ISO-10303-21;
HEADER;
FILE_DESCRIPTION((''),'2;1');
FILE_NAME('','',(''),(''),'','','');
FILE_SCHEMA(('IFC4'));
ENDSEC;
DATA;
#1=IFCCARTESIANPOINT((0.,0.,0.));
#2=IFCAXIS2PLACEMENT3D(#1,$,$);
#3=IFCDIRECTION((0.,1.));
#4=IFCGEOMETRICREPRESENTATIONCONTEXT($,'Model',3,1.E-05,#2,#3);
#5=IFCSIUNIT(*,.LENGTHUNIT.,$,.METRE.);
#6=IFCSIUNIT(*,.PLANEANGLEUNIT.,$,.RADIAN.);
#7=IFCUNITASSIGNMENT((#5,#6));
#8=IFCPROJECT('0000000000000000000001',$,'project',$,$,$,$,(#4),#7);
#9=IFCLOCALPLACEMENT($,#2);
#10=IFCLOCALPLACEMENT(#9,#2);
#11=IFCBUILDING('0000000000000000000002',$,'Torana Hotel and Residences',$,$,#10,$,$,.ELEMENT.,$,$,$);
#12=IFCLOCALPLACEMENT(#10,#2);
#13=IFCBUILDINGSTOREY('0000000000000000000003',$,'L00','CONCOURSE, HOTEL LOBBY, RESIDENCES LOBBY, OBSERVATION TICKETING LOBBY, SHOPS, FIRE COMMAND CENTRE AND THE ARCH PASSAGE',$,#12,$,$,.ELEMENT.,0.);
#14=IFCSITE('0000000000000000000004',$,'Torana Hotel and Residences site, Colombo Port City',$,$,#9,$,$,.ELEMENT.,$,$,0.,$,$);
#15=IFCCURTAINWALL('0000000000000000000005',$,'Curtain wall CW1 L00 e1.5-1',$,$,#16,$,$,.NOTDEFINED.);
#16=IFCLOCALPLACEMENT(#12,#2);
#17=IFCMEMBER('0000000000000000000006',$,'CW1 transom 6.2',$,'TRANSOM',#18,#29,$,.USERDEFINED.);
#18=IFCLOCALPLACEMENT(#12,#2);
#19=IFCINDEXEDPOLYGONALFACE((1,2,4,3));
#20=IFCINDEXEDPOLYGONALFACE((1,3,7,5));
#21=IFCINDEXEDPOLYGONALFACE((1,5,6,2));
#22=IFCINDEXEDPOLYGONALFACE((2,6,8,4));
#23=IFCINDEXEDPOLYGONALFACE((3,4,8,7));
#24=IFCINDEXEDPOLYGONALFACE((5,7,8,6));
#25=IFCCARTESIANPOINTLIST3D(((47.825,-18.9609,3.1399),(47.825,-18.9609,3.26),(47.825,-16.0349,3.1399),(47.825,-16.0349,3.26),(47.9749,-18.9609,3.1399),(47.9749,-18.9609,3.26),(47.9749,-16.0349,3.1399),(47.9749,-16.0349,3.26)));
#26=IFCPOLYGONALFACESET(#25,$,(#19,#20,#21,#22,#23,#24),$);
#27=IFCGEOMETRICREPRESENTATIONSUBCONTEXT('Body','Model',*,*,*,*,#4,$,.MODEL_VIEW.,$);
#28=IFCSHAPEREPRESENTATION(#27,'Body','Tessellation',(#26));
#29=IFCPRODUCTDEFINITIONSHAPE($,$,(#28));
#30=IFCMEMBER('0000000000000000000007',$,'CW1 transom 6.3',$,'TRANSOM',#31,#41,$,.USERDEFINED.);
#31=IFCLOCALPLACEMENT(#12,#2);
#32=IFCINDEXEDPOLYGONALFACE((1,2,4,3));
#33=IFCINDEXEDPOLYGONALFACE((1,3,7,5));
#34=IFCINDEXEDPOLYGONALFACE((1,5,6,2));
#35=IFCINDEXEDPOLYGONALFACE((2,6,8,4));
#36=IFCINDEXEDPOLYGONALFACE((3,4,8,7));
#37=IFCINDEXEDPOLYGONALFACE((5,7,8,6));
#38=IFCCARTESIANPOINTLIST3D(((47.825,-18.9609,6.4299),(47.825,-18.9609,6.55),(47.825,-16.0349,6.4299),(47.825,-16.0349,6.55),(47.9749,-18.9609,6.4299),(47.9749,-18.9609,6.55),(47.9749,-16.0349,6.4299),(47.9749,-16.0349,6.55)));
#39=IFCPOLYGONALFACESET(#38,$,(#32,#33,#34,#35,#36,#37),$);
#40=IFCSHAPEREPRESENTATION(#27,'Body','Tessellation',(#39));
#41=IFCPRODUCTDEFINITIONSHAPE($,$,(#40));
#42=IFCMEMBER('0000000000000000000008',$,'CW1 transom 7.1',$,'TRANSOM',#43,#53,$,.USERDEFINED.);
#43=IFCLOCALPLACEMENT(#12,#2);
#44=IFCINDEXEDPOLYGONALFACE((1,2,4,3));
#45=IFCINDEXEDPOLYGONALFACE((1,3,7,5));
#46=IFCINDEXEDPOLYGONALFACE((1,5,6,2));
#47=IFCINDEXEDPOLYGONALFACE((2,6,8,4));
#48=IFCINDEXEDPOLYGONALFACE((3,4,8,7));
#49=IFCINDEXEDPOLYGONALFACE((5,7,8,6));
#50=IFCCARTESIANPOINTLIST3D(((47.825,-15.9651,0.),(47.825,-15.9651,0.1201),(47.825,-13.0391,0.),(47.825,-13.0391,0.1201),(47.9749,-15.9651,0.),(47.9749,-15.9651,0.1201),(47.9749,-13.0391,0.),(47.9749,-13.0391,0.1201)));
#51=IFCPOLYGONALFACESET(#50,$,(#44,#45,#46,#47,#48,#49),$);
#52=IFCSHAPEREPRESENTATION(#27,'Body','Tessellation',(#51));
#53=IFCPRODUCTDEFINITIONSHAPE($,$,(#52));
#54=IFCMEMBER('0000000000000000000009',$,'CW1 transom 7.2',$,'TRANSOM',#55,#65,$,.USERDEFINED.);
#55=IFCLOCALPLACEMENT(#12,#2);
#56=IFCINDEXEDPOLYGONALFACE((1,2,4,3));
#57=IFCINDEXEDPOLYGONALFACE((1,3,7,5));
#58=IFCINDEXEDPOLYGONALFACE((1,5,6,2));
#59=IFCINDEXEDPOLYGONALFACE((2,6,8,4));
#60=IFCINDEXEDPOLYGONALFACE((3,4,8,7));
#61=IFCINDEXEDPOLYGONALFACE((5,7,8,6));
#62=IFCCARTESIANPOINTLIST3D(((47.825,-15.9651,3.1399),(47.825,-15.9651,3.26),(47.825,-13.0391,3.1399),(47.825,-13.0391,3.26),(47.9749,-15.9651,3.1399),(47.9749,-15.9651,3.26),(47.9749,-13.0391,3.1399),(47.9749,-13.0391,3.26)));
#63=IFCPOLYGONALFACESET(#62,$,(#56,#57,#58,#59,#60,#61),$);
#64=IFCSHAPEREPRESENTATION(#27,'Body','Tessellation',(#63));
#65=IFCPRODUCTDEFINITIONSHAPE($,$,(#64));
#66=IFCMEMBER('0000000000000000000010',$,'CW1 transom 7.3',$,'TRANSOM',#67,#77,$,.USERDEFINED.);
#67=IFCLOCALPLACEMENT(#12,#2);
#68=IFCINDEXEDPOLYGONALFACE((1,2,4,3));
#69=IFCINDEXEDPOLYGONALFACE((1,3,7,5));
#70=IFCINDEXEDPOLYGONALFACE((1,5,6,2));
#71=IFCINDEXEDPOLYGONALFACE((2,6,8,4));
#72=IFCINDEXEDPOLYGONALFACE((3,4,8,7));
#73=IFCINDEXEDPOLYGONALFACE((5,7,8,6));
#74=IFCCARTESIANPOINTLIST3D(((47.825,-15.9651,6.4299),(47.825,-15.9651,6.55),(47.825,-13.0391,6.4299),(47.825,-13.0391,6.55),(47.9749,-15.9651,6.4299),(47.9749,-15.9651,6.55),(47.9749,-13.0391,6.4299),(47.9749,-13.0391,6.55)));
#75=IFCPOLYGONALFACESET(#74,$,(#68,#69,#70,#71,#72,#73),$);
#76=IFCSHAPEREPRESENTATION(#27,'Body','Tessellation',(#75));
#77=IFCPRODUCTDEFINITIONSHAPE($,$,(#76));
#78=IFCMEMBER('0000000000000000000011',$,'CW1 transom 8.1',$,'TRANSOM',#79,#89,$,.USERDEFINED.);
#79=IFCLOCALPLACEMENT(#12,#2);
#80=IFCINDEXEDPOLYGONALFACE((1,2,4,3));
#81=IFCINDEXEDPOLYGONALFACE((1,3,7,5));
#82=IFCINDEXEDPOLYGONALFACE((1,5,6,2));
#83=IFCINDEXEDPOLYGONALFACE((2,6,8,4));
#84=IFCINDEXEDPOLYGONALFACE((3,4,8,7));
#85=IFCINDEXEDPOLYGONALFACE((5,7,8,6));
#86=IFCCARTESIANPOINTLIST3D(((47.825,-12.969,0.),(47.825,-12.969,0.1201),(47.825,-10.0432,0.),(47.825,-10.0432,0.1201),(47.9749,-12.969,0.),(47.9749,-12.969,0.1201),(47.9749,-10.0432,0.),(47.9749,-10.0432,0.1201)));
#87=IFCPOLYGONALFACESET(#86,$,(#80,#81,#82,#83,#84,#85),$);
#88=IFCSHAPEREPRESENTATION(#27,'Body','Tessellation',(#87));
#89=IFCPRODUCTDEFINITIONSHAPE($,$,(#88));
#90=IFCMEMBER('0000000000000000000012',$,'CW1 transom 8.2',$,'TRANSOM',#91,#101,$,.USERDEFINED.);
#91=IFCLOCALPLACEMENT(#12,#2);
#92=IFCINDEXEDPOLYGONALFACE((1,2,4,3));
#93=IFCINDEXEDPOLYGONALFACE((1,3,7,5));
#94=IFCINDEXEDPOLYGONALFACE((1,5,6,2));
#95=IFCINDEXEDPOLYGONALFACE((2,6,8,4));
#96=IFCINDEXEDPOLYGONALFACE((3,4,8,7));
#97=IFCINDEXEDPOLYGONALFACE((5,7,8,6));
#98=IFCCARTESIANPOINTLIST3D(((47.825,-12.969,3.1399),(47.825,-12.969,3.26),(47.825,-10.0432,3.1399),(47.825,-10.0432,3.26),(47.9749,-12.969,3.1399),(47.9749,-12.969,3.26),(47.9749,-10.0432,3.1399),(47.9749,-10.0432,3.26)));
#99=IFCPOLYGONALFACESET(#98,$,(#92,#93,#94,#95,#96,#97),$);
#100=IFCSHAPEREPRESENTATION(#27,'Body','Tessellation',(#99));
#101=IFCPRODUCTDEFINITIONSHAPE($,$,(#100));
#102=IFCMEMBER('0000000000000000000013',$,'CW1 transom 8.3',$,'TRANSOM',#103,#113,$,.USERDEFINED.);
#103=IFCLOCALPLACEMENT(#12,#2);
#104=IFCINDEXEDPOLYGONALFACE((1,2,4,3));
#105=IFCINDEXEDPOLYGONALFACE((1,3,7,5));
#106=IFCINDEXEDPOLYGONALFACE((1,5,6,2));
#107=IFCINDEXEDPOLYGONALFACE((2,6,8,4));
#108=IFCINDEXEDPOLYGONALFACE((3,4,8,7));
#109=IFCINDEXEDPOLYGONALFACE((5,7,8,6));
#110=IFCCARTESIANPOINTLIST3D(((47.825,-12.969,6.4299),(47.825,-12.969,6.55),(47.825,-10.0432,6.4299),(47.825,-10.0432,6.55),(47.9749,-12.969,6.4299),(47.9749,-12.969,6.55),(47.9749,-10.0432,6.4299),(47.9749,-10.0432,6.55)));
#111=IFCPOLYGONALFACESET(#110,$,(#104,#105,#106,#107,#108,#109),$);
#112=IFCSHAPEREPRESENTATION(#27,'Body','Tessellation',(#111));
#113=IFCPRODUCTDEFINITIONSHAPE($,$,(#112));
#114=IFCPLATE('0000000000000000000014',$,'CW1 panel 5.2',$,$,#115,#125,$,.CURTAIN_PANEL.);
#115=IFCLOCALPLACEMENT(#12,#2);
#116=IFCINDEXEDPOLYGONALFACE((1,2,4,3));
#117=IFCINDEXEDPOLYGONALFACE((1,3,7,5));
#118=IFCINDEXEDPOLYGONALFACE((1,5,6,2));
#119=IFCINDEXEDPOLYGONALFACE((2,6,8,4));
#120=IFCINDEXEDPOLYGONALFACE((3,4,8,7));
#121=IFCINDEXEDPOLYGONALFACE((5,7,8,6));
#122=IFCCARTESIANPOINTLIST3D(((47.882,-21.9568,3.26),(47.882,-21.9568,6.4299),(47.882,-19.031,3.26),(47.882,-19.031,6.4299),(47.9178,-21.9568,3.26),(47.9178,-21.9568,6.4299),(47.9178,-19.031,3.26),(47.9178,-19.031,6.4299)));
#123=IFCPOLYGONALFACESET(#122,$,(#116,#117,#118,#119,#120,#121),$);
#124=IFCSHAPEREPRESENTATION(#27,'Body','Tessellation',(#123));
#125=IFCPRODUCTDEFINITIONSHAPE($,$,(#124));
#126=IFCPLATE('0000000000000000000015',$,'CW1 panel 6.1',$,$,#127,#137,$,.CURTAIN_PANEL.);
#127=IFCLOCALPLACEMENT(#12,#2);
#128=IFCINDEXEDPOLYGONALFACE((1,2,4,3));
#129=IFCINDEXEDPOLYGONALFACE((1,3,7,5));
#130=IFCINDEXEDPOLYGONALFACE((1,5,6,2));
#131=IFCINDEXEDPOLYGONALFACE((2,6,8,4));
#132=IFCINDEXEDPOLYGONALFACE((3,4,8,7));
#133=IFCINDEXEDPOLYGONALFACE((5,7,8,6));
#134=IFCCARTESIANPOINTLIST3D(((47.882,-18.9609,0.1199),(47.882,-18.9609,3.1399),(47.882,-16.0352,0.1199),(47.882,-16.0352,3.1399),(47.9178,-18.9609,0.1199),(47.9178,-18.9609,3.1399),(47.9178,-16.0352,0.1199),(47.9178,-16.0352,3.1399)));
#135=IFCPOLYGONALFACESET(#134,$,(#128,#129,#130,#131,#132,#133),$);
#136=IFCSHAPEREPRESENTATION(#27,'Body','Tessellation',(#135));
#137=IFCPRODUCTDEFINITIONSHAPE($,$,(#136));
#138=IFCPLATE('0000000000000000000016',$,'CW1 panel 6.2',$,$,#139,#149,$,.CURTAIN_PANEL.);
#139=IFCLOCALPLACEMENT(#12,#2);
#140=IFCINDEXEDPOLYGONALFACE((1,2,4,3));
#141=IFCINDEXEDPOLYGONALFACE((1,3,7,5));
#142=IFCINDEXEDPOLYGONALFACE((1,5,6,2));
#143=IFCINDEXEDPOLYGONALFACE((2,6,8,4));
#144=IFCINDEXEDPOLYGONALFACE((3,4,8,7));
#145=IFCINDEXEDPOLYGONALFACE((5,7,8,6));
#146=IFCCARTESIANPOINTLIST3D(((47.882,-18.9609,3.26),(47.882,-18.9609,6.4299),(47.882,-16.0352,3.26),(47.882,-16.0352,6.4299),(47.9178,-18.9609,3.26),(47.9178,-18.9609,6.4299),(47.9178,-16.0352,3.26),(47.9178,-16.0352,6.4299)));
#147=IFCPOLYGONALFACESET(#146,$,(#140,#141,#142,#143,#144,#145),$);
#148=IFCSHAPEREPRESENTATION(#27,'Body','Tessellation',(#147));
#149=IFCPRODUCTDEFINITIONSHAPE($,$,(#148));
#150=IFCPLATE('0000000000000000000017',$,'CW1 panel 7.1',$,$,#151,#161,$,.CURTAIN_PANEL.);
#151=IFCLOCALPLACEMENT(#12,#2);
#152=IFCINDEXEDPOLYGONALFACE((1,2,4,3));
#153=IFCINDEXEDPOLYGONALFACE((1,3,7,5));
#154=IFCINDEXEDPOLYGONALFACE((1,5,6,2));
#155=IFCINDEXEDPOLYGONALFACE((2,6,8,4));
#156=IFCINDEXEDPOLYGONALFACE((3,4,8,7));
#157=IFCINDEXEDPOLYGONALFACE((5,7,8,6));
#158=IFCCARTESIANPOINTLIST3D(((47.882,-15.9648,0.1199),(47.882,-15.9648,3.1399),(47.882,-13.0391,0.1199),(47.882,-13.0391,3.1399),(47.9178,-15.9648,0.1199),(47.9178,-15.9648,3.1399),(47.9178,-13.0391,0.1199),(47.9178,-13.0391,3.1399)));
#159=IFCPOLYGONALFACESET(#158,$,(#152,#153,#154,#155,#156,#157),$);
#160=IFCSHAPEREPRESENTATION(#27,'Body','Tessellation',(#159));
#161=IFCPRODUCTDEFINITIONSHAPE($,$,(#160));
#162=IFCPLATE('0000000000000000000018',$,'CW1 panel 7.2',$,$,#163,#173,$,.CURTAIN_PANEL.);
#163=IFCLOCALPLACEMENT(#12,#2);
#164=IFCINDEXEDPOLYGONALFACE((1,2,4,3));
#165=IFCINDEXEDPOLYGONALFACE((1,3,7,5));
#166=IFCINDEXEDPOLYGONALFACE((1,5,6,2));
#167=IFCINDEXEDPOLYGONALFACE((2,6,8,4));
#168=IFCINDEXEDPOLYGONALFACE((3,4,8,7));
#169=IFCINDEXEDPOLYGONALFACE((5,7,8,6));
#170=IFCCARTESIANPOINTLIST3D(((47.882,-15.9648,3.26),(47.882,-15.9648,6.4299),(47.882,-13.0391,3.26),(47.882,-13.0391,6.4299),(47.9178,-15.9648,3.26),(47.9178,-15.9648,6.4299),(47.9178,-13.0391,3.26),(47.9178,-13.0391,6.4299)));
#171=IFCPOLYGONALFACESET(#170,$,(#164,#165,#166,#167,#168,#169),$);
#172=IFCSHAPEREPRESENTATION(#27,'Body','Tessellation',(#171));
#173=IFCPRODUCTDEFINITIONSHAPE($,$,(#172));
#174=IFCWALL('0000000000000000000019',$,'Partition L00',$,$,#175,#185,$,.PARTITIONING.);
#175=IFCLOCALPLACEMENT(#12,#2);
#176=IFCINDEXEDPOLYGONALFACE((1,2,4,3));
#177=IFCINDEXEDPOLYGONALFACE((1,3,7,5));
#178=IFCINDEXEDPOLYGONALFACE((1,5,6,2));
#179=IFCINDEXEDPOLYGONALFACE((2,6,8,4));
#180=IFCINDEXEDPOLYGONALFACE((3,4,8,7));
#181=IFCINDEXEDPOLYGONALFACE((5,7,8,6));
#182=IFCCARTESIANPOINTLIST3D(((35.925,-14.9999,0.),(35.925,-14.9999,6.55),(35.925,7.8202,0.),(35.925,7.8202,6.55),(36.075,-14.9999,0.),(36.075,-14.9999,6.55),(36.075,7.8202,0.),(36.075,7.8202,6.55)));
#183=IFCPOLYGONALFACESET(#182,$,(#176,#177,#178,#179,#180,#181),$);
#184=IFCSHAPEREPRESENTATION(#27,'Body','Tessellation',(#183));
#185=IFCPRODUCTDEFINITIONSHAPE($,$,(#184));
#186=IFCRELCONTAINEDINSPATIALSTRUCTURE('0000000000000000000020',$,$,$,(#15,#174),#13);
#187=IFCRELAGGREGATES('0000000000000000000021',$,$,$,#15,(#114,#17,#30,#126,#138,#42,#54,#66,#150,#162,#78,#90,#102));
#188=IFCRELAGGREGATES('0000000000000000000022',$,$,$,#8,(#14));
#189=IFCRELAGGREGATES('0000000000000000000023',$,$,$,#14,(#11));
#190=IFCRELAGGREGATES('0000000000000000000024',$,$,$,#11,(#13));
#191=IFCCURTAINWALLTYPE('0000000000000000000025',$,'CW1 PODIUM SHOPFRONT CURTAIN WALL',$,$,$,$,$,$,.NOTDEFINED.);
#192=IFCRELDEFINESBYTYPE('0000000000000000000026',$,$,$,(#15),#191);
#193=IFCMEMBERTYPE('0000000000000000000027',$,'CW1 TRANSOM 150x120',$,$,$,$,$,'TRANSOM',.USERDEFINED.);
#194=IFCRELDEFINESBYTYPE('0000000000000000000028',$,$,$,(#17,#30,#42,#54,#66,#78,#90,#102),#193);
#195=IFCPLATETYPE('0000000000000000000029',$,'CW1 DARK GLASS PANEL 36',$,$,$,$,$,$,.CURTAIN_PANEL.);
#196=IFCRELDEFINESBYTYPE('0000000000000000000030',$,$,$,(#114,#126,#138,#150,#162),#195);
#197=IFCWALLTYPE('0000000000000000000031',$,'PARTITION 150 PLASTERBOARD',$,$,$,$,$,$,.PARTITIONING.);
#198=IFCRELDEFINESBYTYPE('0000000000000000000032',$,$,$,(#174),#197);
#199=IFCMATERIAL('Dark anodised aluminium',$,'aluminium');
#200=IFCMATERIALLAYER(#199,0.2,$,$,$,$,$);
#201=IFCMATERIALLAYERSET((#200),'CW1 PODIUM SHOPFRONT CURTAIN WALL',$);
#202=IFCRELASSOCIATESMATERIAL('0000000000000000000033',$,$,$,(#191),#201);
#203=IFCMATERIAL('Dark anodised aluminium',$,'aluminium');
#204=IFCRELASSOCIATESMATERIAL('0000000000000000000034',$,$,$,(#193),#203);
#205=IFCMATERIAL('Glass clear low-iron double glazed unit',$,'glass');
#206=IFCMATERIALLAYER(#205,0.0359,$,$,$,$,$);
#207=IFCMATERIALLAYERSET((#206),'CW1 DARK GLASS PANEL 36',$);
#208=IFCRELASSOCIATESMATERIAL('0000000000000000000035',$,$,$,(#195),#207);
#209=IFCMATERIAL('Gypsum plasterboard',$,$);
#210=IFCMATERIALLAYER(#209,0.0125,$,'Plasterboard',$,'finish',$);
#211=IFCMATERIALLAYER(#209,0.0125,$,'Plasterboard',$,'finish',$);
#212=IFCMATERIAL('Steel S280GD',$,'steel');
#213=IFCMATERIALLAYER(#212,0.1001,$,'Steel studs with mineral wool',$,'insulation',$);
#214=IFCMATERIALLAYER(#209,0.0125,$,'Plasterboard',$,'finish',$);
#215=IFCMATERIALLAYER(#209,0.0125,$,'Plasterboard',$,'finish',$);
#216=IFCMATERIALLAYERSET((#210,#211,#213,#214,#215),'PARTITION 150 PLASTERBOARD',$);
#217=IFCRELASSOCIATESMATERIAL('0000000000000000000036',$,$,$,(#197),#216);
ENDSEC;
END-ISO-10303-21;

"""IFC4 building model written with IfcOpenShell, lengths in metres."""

from ifc_helpers import new_model, si_unit, direction, frame, frame_2d, origin, origin_2d, place, context, subcontext, project, spatial, rectangle, extrude, material, layer, layer_set, material_profile, profile_set, type_object, element, aggregate, save


model = new_model("IFC4")

# Units and contexts
model_context = context("Model", 3, precision=1e-05, world=origin(), true_north=direction((0.0, 1.0)))
body_context = subcontext(model_context, "Body", "Model", "MODEL_VIEW")
ifc_project = project(units=[si_unit("LENGTHUNIT", "METRE"), si_unit("PLANEANGLEUNIT", "RADIAN")], contexts=[model_context])

# Site, building, storey
site_placement = place(None, origin())
site = spatial("IfcSite", under=ifc_project, at=site_placement, Name="Torana Hotel and Residences site, Colombo Port City", CompositionType="ELEMENT", RefElevation=0.0)
building_placement = place(site_placement, origin())
building = spatial("IfcBuilding", under=site, at=building_placement, Name="Torana Hotel and Residences", CompositionType="ELEMENT")
storey_placement = place(building_placement, origin())
storey = spatial("IfcBuildingStorey", under=building, at=storey_placement, Name="L00", Description="CONCOURSE, HOTEL LOBBY, RESIDENCES LOBBY, OBSERVATION TICKETING LOBBY, SHOPS, FIRE COMMAND CENTRE AND THE ARCH PASSAGE", CompositionType="ELEMENT", Elevation=0.0)

# Curtain wall, members, plates
ifc_material_1 = material(Name="Dark anodised aluminium", Category="aluminium")
ifc_layer_1 = layer(ifc_material_1, 0.2)
ifc_layer_set_1 = layer_set([ifc_layer_1], Name="CW1 PODIUM SHOPFRONT CURTAIN WALL")
curtain_wall_type = type_object("IfcCurtainWallType", Name="CW1 PODIUM SHOPFRONT CURTAIN WALL", PredefinedType="NOTDEFINED", material=ifc_layer_set_1)
curtain_wall_placement = place(storey_placement, origin())
curtain_wall = element("IfcCurtainWall", 1, at=curtain_wall_placement, inside=storey, type_object=curtain_wall_type, Name="Curtain wall CW1 L00 e1.5-1", PredefinedType="NOTDEFINED")
ifc_material_2 = material(Name="Dark anodised aluminium", Category="aluminium")
ifc_material_profile_1 = material_profile(ifc_material_2, rectangle(XDim=0.1499, YDim=0.1201, at=origin_2d()), Name="CW1 TRANSOM 150x120")
ifc_profile_set_1 = profile_set([ifc_material_profile_1], Name="Dark anodised aluminium")
member_type_1 = type_object("IfcMemberType", Name="CW1 TRANSOM 150x120", ElementType="TRANSOM", PredefinedType="USERDEFINED", material=ifc_profile_set_1)
member_1_placement = place(storey_placement, frame((47.8999, -18.9609, 3.2), z_axis=(0.0, 1.0, 0.0), x_axis=(-1.0, 0.0, 0.0)))
member_1 = element("IfcMember", 2, at=member_1_placement, type_object=member_type_1, Name="CW1 transom 6.2", ObjectType="TRANSOM", PredefinedType="USERDEFINED", context=body_context, shape_type="SweptSolid", body=[
    extrude(rectangle(XDim=0.1499, YDim=0.1201, at=origin_2d()), origin(), (0.0, 0.0, 1.0), 2.926),
])
member_2_placement = place(storey_placement, frame((47.8999, -18.9609, 6.49), z_axis=(0.0, 1.0, 0.0), x_axis=(-1.0, 0.0, 0.0)))
member_2 = element("IfcMember", 3, at=member_2_placement, type_object=member_type_1, Name="CW1 transom 6.3", ObjectType="TRANSOM", PredefinedType="USERDEFINED", context=body_context, shape_type="SweptSolid", body=[
    extrude(rectangle(XDim=0.1499, YDim=0.1201, at=origin_2d()), origin(), (0.0, 0.0, 1.0), 2.926),
])
member_3_placement = place(storey_placement, frame((47.8999, -15.9651, 0.0601), z_axis=(0.0, 1.0, 0.0), x_axis=(-1.0, 0.0, 0.0)))
member_3 = element("IfcMember", 4, at=member_3_placement, type_object=member_type_1, Name="CW1 transom 7.1", ObjectType="TRANSOM", PredefinedType="USERDEFINED", context=body_context, shape_type="SweptSolid", body=[
    extrude(rectangle(XDim=0.1499, YDim=0.1201, at=origin_2d()), origin(), (0.0, 0.0, 1.0), 2.926),
])
member_4_placement = place(storey_placement, frame((47.8999, -15.9651, 3.2), z_axis=(0.0, 1.0, 0.0), x_axis=(-1.0, 0.0, 0.0)))
member_4 = element("IfcMember", 5, at=member_4_placement, type_object=member_type_1, Name="CW1 transom 7.2", ObjectType="TRANSOM", PredefinedType="USERDEFINED", context=body_context, shape_type="SweptSolid", body=[
    extrude(rectangle(XDim=0.1499, YDim=0.1201, at=origin_2d()), origin(), (0.0, 0.0, 1.0), 2.926),
])
member_5_placement = place(storey_placement, frame((47.8999, -15.9651, 6.49), z_axis=(0.0, 1.0, 0.0), x_axis=(-1.0, 0.0, 0.0)))
member_5 = element("IfcMember", 6, at=member_5_placement, type_object=member_type_1, Name="CW1 transom 7.3", ObjectType="TRANSOM", PredefinedType="USERDEFINED", context=body_context, shape_type="SweptSolid", body=[
    extrude(rectangle(XDim=0.1499, YDim=0.1201, at=origin_2d()), origin(), (0.0, 0.0, 1.0), 2.926),
])
member_6_placement = place(storey_placement, frame((47.8999, -12.969, 0.0601), z_axis=(0.0, 1.0, 0.0), x_axis=(-1.0, 0.0, 0.0)))
member_6 = element("IfcMember", 7, at=member_6_placement, type_object=member_type_1, Name="CW1 transom 8.1", ObjectType="TRANSOM", PredefinedType="USERDEFINED", context=body_context, shape_type="SweptSolid", body=[
    extrude(rectangle(XDim=0.1499, YDim=0.1201, at=origin_2d()), origin(), (0.0, 0.0, 1.0), 2.9258),
])
member_7_placement = place(storey_placement, frame((47.8999, -12.969, 3.2), z_axis=(0.0, 1.0, 0.0), x_axis=(-1.0, 0.0, 0.0)))
member_7 = element("IfcMember", 8, at=member_7_placement, type_object=member_type_1, Name="CW1 transom 8.2", ObjectType="TRANSOM", PredefinedType="USERDEFINED", context=body_context, shape_type="SweptSolid", body=[
    extrude(rectangle(XDim=0.1499, YDim=0.1201, at=origin_2d()), origin(), (0.0, 0.0, 1.0), 2.9258),
])
member_8_placement = place(storey_placement, frame((47.8999, -12.969, 6.49), z_axis=(0.0, 1.0, 0.0), x_axis=(-1.0, 0.0, 0.0)))
member_8 = element("IfcMember", 9, at=member_8_placement, type_object=member_type_1, Name="CW1 transom 8.3", ObjectType="TRANSOM", PredefinedType="USERDEFINED", context=body_context, shape_type="SweptSolid", body=[
    extrude(rectangle(XDim=0.1499, YDim=0.1201, at=origin_2d()), origin(), (0.0, 0.0, 1.0), 2.9258),
])
ifc_material_3 = material(Name="Glass clear low-iron double glazed unit", Category="glass")
ifc_layer_2 = layer(ifc_material_3, 0.0359)
ifc_layer_set_2 = layer_set([ifc_layer_2], Name="CW1 DARK GLASS PANEL 36")
plate_type = type_object("IfcPlateType", Name="CW1 DARK GLASS PANEL 36", PredefinedType="CURTAIN_PANEL", material=ifc_layer_set_2)
plate_1_placement = place(storey_placement, frame((47.8999, -20.4939, 3.26), z_axis=(0.0, 0.0, 1.0), x_axis=(0.0, 1.0, 0.0)))
plate_1 = element("IfcPlate", 10, at=plate_1_placement, type_object=plate_type, Name="CW1 panel 5.2", PredefinedType="CURTAIN_PANEL", context=body_context, shape_type="SweptSolid", body=[
    extrude(rectangle(XDim=2.9258, YDim=0.0359, at=origin_2d()), origin(), (0.0, 0.0, 1.0), 3.1699),
])
plate_2_placement = place(storey_placement, frame((47.8999, -17.498, 0.1199), z_axis=(0.0, 0.0, 1.0), x_axis=(0.0, 1.0, 0.0)))
plate_2 = element("IfcPlate", 11, at=plate_2_placement, type_object=plate_type, Name="CW1 panel 6.1", PredefinedType="CURTAIN_PANEL", context=body_context, shape_type="SweptSolid", body=[
    extrude(rectangle(XDim=2.9258, YDim=0.0359, at=origin_2d()), origin(), (0.0, 0.0, 1.0), 3.02),
])
plate_3_placement = place(storey_placement, frame((47.8999, -17.498, 3.26), z_axis=(0.0, 0.0, 1.0), x_axis=(0.0, 1.0, 0.0)))
plate_3 = element("IfcPlate", 12, at=plate_3_placement, type_object=plate_type, Name="CW1 panel 6.2", PredefinedType="CURTAIN_PANEL", context=body_context, shape_type="SweptSolid", body=[
    extrude(rectangle(XDim=2.9258, YDim=0.0359, at=origin_2d()), origin(), (0.0, 0.0, 1.0), 3.1699),
])
plate_4_placement = place(storey_placement, frame((47.8999, -14.502, 0.1199), z_axis=(0.0, 0.0, 1.0), x_axis=(0.0, 1.0, 0.0)))
plate_4 = element("IfcPlate", 13, at=plate_4_placement, type_object=plate_type, Name="CW1 panel 7.1", PredefinedType="CURTAIN_PANEL", context=body_context, shape_type="SweptSolid", body=[
    extrude(rectangle(XDim=2.9258, YDim=0.0359, at=origin_2d()), origin(), (0.0, 0.0, 1.0), 3.02),
])
plate_5_placement = place(storey_placement, frame((47.8999, -14.502, 3.26), z_axis=(0.0, 0.0, 1.0), x_axis=(0.0, 1.0, 0.0)))
plate_5 = element("IfcPlate", 14, at=plate_5_placement, type_object=plate_type, Name="CW1 panel 7.2", PredefinedType="CURTAIN_PANEL", context=body_context, shape_type="SweptSolid", body=[
    extrude(rectangle(XDim=2.9258, YDim=0.0359, at=origin_2d()), origin(), (0.0, 0.0, 1.0), 3.1699),
])
aggregate(curtain_wall, [plate_1, member_1, member_2, plate_2, plate_3, member_3, member_4, member_5, plate_4, plate_5, member_6, member_7, member_8])

# Wall
ifc_material_4 = material(Name="Gypsum plasterboard")
ifc_layer_3 = layer(ifc_material_4, 0.0125, Name="Plasterboard", Category="finish")
ifc_layer_4 = layer(ifc_material_4, 0.0125, Name="Plasterboard", Category="finish")
ifc_material_5 = material(Name="Steel S280GD", Category="steel")
ifc_layer_5 = layer(ifc_material_5, 0.1001, Name="Steel studs with mineral wool", Category="insulation")
ifc_layer_6 = layer(ifc_material_4, 0.0125, Name="Plasterboard", Category="finish")
ifc_layer_7 = layer(ifc_material_4, 0.0125, Name="Plasterboard", Category="finish")
ifc_layer_set_3 = layer_set([ifc_layer_3, ifc_layer_4, ifc_layer_5, ifc_layer_6, ifc_layer_7], Name="PARTITION 150 PLASTERBOARD")
wall_type_1 = type_object("IfcWallType", Name="PARTITION 150 PLASTERBOARD", PredefinedType="PARTITIONING", material=ifc_layer_set_3)
wall_1_placement = place(storey_placement, frame((36.0, -15.0, 0.0), z_axis=(0.0, 0.0, 1.0), x_axis=(0.0, 1.0, 0.0)))
element("IfcWall", 15, at=wall_1_placement, inside=storey, type_object=wall_type_1, Name="Partition L00", PredefinedType="PARTITIONING", context=body_context, shape_type="SweptSolid", body=[
    extrude(rectangle(XDim=22.8201, YDim=0.1499, at=frame_2d((11.4102, 0.0))), origin(), (0.0, 0.0, 1.0), 6.55),
])

save(model, "model.ifc")
